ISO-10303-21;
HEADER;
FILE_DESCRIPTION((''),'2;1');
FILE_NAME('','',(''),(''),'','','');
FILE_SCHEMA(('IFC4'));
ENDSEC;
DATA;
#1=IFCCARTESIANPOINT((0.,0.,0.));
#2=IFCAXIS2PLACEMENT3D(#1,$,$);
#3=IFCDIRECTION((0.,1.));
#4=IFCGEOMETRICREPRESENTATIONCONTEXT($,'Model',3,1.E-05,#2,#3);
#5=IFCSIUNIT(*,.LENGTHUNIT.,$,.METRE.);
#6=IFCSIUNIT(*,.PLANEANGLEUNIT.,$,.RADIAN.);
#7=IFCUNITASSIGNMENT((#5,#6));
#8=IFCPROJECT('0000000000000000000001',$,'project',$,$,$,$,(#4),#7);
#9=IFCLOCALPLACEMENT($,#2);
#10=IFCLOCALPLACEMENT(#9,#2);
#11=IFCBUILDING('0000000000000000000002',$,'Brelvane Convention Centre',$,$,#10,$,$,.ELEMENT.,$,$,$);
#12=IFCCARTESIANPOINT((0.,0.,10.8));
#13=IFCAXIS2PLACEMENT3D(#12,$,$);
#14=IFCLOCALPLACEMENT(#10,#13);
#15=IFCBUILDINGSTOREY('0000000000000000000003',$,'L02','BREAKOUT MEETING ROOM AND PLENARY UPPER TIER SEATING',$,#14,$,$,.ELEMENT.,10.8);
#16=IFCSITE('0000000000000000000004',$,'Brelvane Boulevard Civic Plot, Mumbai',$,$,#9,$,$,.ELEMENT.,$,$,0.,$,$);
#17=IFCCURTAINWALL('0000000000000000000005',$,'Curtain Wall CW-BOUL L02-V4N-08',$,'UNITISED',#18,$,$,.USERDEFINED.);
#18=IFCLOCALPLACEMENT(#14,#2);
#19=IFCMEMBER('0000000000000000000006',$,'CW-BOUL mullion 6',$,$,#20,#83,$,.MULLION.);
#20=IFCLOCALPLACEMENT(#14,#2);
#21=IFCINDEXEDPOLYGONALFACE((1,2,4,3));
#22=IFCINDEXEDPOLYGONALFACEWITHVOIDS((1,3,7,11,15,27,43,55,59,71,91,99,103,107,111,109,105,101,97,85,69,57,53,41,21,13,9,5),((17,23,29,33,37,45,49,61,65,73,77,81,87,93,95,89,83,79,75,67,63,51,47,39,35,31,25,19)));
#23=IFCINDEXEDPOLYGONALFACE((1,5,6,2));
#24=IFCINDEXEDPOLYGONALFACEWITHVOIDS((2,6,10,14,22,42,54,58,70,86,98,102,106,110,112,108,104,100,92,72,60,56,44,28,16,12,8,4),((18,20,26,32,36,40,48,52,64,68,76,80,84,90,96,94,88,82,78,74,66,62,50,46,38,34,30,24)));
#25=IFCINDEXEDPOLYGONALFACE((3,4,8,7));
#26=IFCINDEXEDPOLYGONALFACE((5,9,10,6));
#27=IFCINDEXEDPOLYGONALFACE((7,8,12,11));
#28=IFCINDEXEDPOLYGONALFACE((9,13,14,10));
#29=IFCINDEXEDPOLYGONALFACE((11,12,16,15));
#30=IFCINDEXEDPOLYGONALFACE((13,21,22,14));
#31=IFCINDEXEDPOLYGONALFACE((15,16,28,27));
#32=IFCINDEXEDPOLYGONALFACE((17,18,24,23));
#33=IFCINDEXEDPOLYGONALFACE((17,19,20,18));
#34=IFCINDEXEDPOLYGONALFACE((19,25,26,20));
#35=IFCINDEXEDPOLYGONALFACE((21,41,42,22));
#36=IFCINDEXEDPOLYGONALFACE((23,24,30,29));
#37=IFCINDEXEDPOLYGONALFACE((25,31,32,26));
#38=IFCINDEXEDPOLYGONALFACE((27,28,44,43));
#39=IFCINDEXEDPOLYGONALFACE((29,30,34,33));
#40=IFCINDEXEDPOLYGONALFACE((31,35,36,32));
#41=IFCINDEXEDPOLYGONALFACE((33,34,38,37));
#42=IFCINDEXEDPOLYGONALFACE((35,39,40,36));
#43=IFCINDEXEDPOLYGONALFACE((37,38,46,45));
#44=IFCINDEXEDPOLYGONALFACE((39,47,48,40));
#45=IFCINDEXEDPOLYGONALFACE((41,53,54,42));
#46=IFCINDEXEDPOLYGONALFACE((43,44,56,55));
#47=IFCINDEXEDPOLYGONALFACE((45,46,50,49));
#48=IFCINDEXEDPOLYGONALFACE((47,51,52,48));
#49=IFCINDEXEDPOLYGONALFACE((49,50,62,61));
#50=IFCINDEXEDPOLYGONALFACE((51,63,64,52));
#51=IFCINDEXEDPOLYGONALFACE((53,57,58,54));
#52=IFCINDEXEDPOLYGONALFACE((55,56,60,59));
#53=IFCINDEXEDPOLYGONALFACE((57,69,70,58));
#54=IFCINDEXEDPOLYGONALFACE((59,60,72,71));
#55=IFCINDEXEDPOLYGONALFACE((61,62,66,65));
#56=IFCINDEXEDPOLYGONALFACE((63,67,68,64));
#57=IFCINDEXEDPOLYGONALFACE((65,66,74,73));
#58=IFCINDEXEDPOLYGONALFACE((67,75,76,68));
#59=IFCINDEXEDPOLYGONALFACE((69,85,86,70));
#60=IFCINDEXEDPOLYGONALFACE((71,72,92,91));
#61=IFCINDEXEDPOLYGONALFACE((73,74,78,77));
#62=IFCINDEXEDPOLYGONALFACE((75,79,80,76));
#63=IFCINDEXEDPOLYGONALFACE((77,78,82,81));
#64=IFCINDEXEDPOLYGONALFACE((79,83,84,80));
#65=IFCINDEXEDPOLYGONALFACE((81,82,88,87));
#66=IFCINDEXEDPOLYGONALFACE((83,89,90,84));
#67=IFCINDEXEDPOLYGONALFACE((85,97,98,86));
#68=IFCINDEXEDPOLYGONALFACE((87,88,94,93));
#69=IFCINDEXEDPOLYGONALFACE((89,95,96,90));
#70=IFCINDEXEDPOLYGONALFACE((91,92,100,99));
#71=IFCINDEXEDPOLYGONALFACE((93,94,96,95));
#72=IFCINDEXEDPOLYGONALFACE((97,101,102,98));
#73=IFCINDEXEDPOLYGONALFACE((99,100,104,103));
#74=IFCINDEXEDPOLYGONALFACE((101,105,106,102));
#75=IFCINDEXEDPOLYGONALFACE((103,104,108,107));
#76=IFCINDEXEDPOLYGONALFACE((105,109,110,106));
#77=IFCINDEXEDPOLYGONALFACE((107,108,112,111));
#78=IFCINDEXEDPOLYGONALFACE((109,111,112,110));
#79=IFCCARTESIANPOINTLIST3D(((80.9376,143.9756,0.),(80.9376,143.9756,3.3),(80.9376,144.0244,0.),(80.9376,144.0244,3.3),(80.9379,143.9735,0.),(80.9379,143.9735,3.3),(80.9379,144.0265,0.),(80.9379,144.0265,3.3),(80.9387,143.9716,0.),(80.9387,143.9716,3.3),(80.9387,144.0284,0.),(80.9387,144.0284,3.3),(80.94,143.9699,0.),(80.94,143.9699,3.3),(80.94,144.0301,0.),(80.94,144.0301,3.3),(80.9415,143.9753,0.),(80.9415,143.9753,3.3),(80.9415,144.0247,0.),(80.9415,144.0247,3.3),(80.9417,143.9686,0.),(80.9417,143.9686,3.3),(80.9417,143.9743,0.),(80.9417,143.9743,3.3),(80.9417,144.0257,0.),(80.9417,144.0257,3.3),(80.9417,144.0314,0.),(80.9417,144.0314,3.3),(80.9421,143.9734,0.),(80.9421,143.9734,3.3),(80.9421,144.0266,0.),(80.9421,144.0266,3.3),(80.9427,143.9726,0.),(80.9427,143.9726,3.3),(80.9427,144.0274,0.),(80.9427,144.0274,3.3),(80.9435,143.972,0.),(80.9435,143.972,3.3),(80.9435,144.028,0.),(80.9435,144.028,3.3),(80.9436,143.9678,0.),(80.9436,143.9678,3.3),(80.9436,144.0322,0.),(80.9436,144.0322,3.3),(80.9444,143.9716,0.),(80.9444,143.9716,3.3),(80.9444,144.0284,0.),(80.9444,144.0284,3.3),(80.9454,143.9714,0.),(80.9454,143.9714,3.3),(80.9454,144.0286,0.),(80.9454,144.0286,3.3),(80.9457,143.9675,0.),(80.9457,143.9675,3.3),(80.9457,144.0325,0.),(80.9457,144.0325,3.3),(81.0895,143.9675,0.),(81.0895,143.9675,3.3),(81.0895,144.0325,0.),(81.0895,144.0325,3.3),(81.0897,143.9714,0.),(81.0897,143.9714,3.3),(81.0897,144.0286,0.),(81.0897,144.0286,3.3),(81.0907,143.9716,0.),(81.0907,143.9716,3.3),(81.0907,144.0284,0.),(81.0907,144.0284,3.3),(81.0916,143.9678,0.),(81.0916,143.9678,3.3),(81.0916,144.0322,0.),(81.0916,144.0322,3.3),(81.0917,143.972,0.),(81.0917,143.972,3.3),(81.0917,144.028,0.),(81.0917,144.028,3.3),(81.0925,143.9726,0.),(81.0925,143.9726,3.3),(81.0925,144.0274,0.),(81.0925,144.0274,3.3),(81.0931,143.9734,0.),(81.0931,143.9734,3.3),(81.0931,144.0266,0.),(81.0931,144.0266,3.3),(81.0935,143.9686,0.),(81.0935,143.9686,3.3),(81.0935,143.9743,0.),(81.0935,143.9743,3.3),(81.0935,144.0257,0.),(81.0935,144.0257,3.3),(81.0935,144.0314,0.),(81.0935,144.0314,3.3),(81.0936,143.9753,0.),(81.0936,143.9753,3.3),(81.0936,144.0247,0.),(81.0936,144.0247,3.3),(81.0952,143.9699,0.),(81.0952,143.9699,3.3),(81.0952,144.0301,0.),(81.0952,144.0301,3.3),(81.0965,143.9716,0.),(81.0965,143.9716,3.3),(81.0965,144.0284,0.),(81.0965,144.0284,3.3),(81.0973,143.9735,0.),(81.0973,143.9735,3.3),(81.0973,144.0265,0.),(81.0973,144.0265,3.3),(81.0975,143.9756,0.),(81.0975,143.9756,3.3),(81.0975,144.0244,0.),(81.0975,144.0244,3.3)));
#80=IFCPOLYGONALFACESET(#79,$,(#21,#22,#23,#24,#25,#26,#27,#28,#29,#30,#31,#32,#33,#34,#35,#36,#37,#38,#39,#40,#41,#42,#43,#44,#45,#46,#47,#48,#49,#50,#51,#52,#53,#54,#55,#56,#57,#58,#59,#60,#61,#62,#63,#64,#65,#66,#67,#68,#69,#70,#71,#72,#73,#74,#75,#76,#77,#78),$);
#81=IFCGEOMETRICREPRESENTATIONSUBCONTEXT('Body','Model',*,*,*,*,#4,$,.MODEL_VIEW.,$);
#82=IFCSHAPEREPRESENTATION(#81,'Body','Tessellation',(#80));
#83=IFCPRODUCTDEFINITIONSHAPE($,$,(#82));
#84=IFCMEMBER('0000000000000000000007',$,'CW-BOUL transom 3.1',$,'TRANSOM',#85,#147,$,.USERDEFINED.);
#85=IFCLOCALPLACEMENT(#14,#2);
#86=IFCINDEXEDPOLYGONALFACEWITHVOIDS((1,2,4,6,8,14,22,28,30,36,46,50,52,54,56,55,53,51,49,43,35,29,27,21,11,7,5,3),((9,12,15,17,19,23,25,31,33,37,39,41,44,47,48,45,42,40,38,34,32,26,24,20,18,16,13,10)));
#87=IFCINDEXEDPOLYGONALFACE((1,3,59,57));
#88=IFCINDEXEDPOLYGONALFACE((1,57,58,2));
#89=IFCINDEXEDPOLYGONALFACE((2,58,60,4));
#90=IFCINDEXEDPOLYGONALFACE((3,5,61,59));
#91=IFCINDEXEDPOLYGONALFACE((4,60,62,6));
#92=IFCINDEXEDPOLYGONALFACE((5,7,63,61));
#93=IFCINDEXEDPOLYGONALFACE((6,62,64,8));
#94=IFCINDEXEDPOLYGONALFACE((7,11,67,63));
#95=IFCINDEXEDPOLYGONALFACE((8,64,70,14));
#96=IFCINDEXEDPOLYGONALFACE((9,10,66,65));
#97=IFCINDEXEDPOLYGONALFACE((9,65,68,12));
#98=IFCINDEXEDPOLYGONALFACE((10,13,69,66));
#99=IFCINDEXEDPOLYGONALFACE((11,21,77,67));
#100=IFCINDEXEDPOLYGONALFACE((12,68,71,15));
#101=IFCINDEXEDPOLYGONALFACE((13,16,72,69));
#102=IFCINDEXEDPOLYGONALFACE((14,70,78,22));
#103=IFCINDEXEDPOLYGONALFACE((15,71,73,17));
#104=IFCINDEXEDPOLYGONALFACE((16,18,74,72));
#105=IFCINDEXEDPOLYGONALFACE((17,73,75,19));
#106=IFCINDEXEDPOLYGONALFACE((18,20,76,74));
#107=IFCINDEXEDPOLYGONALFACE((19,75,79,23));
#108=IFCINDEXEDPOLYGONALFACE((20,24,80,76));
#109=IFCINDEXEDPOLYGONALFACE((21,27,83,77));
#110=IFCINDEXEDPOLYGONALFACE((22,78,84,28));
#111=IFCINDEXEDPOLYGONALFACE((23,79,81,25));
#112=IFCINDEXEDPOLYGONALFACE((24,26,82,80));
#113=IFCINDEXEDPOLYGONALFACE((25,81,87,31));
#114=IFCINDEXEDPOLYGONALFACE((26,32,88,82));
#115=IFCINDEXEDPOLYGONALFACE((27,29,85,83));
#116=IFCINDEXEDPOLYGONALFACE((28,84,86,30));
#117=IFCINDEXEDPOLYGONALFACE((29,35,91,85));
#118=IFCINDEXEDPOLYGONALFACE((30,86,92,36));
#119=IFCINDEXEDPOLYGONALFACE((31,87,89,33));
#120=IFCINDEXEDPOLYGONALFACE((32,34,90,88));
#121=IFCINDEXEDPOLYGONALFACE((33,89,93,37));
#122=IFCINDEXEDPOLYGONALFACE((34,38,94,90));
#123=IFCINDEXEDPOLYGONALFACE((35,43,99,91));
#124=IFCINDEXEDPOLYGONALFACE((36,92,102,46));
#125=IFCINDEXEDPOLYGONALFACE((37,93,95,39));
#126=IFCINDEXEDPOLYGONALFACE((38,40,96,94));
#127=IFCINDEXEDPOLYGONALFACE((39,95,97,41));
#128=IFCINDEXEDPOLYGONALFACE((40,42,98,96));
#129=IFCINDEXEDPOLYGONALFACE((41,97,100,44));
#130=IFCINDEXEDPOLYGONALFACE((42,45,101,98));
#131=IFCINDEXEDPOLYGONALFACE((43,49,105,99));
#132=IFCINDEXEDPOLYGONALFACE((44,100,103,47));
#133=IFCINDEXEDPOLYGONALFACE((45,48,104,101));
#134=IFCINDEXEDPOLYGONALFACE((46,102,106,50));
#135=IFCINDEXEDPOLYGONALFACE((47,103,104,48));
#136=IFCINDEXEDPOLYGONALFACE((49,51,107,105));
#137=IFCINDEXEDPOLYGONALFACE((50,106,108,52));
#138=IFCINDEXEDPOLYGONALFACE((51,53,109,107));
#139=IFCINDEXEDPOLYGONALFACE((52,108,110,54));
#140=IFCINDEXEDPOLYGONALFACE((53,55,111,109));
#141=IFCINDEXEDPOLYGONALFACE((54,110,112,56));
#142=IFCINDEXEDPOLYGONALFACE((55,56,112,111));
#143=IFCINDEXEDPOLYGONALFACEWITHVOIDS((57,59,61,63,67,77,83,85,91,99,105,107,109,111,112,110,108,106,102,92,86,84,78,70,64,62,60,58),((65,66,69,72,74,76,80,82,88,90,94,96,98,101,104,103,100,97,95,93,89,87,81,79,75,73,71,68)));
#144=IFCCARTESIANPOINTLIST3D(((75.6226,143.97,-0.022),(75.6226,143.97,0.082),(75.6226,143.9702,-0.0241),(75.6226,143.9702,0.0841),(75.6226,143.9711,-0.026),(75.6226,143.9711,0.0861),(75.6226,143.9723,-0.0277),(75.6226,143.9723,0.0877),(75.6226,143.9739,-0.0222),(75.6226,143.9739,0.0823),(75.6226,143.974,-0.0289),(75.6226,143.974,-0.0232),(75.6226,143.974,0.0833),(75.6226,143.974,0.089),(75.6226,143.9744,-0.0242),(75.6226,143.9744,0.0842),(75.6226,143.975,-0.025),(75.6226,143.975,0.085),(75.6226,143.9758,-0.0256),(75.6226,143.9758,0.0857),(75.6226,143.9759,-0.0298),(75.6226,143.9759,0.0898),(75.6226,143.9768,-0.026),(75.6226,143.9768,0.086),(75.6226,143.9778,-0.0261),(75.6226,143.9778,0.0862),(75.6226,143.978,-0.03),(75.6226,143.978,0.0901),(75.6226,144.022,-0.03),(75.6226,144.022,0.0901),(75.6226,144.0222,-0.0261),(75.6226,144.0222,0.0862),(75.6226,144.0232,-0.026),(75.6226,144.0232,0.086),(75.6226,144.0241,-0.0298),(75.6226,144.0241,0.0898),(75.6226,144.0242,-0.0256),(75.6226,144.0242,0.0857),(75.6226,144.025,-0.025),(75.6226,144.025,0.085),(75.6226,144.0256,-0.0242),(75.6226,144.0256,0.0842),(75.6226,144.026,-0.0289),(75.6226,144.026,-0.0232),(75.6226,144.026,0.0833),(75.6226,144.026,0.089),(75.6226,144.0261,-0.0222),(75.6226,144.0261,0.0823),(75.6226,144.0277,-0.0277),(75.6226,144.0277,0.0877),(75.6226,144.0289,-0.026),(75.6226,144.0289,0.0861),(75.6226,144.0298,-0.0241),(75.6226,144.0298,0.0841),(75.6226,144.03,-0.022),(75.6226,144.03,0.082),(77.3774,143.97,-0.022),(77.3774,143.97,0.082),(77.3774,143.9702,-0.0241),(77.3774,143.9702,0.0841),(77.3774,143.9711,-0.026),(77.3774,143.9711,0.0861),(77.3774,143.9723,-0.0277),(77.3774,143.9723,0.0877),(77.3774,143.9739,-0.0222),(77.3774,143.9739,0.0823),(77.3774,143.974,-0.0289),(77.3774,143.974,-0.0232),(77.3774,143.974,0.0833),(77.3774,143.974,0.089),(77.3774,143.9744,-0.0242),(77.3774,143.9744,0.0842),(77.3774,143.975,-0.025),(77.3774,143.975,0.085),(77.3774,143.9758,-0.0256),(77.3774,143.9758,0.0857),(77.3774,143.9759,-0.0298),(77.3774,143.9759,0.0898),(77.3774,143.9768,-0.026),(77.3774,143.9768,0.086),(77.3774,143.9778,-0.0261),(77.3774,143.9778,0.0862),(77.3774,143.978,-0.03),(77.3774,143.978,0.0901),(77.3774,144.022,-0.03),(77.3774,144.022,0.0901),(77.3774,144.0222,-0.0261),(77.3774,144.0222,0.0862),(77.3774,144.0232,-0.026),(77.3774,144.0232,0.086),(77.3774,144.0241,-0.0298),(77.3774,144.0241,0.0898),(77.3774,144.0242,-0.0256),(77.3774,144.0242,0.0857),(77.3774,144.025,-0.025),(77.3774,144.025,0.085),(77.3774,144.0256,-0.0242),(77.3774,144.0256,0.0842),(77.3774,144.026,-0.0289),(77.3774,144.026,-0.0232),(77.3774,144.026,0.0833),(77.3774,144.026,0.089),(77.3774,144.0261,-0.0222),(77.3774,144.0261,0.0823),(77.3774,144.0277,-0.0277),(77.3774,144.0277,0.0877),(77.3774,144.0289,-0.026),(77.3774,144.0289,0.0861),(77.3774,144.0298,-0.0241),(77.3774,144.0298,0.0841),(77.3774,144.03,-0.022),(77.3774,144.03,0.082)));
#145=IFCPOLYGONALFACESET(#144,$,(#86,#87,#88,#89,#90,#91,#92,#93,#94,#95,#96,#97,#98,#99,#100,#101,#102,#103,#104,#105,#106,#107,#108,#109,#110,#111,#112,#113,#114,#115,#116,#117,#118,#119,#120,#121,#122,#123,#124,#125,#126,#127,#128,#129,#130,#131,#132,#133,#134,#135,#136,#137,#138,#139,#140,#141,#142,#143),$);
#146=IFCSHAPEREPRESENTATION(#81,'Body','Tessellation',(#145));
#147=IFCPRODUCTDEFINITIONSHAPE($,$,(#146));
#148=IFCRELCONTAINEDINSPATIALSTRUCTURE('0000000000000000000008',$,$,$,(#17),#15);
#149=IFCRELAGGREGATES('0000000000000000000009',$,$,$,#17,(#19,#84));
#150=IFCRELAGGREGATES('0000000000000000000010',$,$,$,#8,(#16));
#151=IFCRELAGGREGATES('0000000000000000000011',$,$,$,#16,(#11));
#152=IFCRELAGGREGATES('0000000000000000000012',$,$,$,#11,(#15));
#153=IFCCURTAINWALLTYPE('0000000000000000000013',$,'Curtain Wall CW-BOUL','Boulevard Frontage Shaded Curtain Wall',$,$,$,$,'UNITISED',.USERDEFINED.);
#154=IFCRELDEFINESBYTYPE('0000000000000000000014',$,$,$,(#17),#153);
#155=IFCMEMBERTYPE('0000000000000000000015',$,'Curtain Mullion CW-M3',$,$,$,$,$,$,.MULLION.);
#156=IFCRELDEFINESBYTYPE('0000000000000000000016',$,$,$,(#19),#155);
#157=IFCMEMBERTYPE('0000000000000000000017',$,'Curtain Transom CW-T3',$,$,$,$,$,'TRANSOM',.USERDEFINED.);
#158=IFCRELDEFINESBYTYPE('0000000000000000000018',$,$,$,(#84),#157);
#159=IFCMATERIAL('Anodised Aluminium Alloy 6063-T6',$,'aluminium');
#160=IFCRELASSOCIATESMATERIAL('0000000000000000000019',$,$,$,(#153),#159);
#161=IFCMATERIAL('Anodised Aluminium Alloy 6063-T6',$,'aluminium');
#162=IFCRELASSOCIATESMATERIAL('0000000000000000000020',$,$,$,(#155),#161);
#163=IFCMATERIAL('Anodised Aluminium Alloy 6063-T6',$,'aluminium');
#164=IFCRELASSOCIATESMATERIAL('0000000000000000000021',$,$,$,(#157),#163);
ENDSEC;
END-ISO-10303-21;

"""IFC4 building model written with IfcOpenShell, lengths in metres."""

from ifc_helpers import new_model, si_unit, direction, frame, origin, origin_2d, place, context, subcontext, project, spatial, hollow_rectangle, extrude, material, material_profile, profile_set, type_object, element, aggregate, save


model = new_model("IFC4")

# Units and contexts
model_context = context("Model", 3, precision=1e-05, world=origin(), true_north=direction((0.0, 1.0)))
body_context = subcontext(model_context, "Body", "Model", "MODEL_VIEW")
ifc_project = project(units=[si_unit("LENGTHUNIT", "METRE"), si_unit("PLANEANGLEUNIT", "RADIAN")], contexts=[model_context])

# Site, building, storey
site_placement = place(None, origin())
site = spatial("IfcSite", under=ifc_project, at=site_placement, Name="Brelvane Boulevard Civic Plot, Mumbai", CompositionType="ELEMENT", RefElevation=0.0)
building_placement = place(site_placement, origin())
building = spatial("IfcBuilding", under=site, at=building_placement, Name="Brelvane Convention Centre", CompositionType="ELEMENT")
storey_placement = place(building_placement, frame((0.0, 0.0, 10.8)))
storey = spatial("IfcBuildingStorey", under=building, at=storey_placement, Name="L02", Description="BREAKOUT MEETING ROOM AND PLENARY UPPER TIER SEATING", CompositionType="ELEMENT", Elevation=10.8)

# Curtain wall, members
ifc_material_1 = material(Name="Anodised Aluminium Alloy 6063-T6", Category="aluminium")
curtain_wall_type = type_object("IfcCurtainWallType", Name="Curtain Wall CW-BOUL", Description="Boulevard Frontage Shaded Curtain Wall", ElementType="UNITISED", PredefinedType="USERDEFINED", material=ifc_material_1)
curtain_wall_placement = place(storey_placement, origin())
curtain_wall = element("IfcCurtainWall", 1, at=curtain_wall_placement, inside=storey, type_object=curtain_wall_type, Name="Curtain Wall CW-BOUL L02-V4N-08", ObjectType="UNITISED", PredefinedType="USERDEFINED")
ifc_material_2 = material(Name="Anodised Aluminium Alloy 6063-T6", Category="aluminium")
ifc_material_profile_1 = material_profile(ifc_material_2, hollow_rectangle(XDim=0.0649, YDim=0.1599, WallThickness=0.0039, InnerFilletRadius=0.0039, OuterFilletRadius=0.0081, at=origin_2d()), Name="ALU-M 160x65x4.0")
ifc_profile_set_1 = profile_set([ifc_material_profile_1], Name="Anodised Aluminium Alloy 6063-T6")
member_type_1 = type_object("IfcMemberType", Name="Curtain Mullion CW-M3", PredefinedType="MULLION", material=ifc_profile_set_1)
member_1_placement = place(storey_placement, frame((81.0176, 144.0, 0.0), z_axis=(0.0, 0.0, 1.0), x_axis=(0.0, 1.0, 0.0)))
member_1 = element("IfcMember", 2, at=member_1_placement, type_object=member_type_1, Name="CW-BOUL mullion 6", PredefinedType="MULLION", context=body_context, shape_type="SweptSolid", body=[
    extrude(hollow_rectangle(XDim=0.0649, YDim=0.1599, WallThickness=0.0039, InnerFilletRadius=0.0039, OuterFilletRadius=0.0081, at=origin_2d()), origin(), (0.0, 0.0, 1.0), 3.3),
])
ifc_material_3 = material(Name="Anodised Aluminium Alloy 6063-T6", Category="aluminium")
ifc_material_profile_2 = material_profile(ifc_material_3, hollow_rectangle(XDim=0.0601, YDim=0.1201, WallThickness=0.0039, InnerFilletRadius=0.0039, OuterFilletRadius=0.0081, at=origin_2d()), Name="ALU-T 120x60x4.0")
ifc_profile_set_2 = profile_set([ifc_material_profile_2], Name="Anodised Aluminium Alloy 6063-T6")
member_type_2 = type_object("IfcMemberType", Name="Curtain Transom CW-T3", ElementType="TRANSOM", PredefinedType="USERDEFINED", material=ifc_profile_set_2)
member_2_placement = place(storey_placement, frame((75.6226, 144.0, 0.03), z_axis=(1.0, 0.0, 0.0), x_axis=(0.0, 1.0, 0.0)))
member_2 = element("IfcMember", 3, at=member_2_placement, type_object=member_type_2, Name="CW-BOUL transom 3.1", ObjectType="TRANSOM", PredefinedType="USERDEFINED", context=body_context, shape_type="SweptSolid", body=[
    extrude(hollow_rectangle(XDim=0.0601, YDim=0.1201, WallThickness=0.0039, InnerFilletRadius=0.0039, OuterFilletRadius=0.0081, at=origin_2d()), origin(), (0.0, 0.0, 1.0), 1.7549),
])

aggregate(curtain_wall, [member_1, member_2])

save(model, "model.ifc")
